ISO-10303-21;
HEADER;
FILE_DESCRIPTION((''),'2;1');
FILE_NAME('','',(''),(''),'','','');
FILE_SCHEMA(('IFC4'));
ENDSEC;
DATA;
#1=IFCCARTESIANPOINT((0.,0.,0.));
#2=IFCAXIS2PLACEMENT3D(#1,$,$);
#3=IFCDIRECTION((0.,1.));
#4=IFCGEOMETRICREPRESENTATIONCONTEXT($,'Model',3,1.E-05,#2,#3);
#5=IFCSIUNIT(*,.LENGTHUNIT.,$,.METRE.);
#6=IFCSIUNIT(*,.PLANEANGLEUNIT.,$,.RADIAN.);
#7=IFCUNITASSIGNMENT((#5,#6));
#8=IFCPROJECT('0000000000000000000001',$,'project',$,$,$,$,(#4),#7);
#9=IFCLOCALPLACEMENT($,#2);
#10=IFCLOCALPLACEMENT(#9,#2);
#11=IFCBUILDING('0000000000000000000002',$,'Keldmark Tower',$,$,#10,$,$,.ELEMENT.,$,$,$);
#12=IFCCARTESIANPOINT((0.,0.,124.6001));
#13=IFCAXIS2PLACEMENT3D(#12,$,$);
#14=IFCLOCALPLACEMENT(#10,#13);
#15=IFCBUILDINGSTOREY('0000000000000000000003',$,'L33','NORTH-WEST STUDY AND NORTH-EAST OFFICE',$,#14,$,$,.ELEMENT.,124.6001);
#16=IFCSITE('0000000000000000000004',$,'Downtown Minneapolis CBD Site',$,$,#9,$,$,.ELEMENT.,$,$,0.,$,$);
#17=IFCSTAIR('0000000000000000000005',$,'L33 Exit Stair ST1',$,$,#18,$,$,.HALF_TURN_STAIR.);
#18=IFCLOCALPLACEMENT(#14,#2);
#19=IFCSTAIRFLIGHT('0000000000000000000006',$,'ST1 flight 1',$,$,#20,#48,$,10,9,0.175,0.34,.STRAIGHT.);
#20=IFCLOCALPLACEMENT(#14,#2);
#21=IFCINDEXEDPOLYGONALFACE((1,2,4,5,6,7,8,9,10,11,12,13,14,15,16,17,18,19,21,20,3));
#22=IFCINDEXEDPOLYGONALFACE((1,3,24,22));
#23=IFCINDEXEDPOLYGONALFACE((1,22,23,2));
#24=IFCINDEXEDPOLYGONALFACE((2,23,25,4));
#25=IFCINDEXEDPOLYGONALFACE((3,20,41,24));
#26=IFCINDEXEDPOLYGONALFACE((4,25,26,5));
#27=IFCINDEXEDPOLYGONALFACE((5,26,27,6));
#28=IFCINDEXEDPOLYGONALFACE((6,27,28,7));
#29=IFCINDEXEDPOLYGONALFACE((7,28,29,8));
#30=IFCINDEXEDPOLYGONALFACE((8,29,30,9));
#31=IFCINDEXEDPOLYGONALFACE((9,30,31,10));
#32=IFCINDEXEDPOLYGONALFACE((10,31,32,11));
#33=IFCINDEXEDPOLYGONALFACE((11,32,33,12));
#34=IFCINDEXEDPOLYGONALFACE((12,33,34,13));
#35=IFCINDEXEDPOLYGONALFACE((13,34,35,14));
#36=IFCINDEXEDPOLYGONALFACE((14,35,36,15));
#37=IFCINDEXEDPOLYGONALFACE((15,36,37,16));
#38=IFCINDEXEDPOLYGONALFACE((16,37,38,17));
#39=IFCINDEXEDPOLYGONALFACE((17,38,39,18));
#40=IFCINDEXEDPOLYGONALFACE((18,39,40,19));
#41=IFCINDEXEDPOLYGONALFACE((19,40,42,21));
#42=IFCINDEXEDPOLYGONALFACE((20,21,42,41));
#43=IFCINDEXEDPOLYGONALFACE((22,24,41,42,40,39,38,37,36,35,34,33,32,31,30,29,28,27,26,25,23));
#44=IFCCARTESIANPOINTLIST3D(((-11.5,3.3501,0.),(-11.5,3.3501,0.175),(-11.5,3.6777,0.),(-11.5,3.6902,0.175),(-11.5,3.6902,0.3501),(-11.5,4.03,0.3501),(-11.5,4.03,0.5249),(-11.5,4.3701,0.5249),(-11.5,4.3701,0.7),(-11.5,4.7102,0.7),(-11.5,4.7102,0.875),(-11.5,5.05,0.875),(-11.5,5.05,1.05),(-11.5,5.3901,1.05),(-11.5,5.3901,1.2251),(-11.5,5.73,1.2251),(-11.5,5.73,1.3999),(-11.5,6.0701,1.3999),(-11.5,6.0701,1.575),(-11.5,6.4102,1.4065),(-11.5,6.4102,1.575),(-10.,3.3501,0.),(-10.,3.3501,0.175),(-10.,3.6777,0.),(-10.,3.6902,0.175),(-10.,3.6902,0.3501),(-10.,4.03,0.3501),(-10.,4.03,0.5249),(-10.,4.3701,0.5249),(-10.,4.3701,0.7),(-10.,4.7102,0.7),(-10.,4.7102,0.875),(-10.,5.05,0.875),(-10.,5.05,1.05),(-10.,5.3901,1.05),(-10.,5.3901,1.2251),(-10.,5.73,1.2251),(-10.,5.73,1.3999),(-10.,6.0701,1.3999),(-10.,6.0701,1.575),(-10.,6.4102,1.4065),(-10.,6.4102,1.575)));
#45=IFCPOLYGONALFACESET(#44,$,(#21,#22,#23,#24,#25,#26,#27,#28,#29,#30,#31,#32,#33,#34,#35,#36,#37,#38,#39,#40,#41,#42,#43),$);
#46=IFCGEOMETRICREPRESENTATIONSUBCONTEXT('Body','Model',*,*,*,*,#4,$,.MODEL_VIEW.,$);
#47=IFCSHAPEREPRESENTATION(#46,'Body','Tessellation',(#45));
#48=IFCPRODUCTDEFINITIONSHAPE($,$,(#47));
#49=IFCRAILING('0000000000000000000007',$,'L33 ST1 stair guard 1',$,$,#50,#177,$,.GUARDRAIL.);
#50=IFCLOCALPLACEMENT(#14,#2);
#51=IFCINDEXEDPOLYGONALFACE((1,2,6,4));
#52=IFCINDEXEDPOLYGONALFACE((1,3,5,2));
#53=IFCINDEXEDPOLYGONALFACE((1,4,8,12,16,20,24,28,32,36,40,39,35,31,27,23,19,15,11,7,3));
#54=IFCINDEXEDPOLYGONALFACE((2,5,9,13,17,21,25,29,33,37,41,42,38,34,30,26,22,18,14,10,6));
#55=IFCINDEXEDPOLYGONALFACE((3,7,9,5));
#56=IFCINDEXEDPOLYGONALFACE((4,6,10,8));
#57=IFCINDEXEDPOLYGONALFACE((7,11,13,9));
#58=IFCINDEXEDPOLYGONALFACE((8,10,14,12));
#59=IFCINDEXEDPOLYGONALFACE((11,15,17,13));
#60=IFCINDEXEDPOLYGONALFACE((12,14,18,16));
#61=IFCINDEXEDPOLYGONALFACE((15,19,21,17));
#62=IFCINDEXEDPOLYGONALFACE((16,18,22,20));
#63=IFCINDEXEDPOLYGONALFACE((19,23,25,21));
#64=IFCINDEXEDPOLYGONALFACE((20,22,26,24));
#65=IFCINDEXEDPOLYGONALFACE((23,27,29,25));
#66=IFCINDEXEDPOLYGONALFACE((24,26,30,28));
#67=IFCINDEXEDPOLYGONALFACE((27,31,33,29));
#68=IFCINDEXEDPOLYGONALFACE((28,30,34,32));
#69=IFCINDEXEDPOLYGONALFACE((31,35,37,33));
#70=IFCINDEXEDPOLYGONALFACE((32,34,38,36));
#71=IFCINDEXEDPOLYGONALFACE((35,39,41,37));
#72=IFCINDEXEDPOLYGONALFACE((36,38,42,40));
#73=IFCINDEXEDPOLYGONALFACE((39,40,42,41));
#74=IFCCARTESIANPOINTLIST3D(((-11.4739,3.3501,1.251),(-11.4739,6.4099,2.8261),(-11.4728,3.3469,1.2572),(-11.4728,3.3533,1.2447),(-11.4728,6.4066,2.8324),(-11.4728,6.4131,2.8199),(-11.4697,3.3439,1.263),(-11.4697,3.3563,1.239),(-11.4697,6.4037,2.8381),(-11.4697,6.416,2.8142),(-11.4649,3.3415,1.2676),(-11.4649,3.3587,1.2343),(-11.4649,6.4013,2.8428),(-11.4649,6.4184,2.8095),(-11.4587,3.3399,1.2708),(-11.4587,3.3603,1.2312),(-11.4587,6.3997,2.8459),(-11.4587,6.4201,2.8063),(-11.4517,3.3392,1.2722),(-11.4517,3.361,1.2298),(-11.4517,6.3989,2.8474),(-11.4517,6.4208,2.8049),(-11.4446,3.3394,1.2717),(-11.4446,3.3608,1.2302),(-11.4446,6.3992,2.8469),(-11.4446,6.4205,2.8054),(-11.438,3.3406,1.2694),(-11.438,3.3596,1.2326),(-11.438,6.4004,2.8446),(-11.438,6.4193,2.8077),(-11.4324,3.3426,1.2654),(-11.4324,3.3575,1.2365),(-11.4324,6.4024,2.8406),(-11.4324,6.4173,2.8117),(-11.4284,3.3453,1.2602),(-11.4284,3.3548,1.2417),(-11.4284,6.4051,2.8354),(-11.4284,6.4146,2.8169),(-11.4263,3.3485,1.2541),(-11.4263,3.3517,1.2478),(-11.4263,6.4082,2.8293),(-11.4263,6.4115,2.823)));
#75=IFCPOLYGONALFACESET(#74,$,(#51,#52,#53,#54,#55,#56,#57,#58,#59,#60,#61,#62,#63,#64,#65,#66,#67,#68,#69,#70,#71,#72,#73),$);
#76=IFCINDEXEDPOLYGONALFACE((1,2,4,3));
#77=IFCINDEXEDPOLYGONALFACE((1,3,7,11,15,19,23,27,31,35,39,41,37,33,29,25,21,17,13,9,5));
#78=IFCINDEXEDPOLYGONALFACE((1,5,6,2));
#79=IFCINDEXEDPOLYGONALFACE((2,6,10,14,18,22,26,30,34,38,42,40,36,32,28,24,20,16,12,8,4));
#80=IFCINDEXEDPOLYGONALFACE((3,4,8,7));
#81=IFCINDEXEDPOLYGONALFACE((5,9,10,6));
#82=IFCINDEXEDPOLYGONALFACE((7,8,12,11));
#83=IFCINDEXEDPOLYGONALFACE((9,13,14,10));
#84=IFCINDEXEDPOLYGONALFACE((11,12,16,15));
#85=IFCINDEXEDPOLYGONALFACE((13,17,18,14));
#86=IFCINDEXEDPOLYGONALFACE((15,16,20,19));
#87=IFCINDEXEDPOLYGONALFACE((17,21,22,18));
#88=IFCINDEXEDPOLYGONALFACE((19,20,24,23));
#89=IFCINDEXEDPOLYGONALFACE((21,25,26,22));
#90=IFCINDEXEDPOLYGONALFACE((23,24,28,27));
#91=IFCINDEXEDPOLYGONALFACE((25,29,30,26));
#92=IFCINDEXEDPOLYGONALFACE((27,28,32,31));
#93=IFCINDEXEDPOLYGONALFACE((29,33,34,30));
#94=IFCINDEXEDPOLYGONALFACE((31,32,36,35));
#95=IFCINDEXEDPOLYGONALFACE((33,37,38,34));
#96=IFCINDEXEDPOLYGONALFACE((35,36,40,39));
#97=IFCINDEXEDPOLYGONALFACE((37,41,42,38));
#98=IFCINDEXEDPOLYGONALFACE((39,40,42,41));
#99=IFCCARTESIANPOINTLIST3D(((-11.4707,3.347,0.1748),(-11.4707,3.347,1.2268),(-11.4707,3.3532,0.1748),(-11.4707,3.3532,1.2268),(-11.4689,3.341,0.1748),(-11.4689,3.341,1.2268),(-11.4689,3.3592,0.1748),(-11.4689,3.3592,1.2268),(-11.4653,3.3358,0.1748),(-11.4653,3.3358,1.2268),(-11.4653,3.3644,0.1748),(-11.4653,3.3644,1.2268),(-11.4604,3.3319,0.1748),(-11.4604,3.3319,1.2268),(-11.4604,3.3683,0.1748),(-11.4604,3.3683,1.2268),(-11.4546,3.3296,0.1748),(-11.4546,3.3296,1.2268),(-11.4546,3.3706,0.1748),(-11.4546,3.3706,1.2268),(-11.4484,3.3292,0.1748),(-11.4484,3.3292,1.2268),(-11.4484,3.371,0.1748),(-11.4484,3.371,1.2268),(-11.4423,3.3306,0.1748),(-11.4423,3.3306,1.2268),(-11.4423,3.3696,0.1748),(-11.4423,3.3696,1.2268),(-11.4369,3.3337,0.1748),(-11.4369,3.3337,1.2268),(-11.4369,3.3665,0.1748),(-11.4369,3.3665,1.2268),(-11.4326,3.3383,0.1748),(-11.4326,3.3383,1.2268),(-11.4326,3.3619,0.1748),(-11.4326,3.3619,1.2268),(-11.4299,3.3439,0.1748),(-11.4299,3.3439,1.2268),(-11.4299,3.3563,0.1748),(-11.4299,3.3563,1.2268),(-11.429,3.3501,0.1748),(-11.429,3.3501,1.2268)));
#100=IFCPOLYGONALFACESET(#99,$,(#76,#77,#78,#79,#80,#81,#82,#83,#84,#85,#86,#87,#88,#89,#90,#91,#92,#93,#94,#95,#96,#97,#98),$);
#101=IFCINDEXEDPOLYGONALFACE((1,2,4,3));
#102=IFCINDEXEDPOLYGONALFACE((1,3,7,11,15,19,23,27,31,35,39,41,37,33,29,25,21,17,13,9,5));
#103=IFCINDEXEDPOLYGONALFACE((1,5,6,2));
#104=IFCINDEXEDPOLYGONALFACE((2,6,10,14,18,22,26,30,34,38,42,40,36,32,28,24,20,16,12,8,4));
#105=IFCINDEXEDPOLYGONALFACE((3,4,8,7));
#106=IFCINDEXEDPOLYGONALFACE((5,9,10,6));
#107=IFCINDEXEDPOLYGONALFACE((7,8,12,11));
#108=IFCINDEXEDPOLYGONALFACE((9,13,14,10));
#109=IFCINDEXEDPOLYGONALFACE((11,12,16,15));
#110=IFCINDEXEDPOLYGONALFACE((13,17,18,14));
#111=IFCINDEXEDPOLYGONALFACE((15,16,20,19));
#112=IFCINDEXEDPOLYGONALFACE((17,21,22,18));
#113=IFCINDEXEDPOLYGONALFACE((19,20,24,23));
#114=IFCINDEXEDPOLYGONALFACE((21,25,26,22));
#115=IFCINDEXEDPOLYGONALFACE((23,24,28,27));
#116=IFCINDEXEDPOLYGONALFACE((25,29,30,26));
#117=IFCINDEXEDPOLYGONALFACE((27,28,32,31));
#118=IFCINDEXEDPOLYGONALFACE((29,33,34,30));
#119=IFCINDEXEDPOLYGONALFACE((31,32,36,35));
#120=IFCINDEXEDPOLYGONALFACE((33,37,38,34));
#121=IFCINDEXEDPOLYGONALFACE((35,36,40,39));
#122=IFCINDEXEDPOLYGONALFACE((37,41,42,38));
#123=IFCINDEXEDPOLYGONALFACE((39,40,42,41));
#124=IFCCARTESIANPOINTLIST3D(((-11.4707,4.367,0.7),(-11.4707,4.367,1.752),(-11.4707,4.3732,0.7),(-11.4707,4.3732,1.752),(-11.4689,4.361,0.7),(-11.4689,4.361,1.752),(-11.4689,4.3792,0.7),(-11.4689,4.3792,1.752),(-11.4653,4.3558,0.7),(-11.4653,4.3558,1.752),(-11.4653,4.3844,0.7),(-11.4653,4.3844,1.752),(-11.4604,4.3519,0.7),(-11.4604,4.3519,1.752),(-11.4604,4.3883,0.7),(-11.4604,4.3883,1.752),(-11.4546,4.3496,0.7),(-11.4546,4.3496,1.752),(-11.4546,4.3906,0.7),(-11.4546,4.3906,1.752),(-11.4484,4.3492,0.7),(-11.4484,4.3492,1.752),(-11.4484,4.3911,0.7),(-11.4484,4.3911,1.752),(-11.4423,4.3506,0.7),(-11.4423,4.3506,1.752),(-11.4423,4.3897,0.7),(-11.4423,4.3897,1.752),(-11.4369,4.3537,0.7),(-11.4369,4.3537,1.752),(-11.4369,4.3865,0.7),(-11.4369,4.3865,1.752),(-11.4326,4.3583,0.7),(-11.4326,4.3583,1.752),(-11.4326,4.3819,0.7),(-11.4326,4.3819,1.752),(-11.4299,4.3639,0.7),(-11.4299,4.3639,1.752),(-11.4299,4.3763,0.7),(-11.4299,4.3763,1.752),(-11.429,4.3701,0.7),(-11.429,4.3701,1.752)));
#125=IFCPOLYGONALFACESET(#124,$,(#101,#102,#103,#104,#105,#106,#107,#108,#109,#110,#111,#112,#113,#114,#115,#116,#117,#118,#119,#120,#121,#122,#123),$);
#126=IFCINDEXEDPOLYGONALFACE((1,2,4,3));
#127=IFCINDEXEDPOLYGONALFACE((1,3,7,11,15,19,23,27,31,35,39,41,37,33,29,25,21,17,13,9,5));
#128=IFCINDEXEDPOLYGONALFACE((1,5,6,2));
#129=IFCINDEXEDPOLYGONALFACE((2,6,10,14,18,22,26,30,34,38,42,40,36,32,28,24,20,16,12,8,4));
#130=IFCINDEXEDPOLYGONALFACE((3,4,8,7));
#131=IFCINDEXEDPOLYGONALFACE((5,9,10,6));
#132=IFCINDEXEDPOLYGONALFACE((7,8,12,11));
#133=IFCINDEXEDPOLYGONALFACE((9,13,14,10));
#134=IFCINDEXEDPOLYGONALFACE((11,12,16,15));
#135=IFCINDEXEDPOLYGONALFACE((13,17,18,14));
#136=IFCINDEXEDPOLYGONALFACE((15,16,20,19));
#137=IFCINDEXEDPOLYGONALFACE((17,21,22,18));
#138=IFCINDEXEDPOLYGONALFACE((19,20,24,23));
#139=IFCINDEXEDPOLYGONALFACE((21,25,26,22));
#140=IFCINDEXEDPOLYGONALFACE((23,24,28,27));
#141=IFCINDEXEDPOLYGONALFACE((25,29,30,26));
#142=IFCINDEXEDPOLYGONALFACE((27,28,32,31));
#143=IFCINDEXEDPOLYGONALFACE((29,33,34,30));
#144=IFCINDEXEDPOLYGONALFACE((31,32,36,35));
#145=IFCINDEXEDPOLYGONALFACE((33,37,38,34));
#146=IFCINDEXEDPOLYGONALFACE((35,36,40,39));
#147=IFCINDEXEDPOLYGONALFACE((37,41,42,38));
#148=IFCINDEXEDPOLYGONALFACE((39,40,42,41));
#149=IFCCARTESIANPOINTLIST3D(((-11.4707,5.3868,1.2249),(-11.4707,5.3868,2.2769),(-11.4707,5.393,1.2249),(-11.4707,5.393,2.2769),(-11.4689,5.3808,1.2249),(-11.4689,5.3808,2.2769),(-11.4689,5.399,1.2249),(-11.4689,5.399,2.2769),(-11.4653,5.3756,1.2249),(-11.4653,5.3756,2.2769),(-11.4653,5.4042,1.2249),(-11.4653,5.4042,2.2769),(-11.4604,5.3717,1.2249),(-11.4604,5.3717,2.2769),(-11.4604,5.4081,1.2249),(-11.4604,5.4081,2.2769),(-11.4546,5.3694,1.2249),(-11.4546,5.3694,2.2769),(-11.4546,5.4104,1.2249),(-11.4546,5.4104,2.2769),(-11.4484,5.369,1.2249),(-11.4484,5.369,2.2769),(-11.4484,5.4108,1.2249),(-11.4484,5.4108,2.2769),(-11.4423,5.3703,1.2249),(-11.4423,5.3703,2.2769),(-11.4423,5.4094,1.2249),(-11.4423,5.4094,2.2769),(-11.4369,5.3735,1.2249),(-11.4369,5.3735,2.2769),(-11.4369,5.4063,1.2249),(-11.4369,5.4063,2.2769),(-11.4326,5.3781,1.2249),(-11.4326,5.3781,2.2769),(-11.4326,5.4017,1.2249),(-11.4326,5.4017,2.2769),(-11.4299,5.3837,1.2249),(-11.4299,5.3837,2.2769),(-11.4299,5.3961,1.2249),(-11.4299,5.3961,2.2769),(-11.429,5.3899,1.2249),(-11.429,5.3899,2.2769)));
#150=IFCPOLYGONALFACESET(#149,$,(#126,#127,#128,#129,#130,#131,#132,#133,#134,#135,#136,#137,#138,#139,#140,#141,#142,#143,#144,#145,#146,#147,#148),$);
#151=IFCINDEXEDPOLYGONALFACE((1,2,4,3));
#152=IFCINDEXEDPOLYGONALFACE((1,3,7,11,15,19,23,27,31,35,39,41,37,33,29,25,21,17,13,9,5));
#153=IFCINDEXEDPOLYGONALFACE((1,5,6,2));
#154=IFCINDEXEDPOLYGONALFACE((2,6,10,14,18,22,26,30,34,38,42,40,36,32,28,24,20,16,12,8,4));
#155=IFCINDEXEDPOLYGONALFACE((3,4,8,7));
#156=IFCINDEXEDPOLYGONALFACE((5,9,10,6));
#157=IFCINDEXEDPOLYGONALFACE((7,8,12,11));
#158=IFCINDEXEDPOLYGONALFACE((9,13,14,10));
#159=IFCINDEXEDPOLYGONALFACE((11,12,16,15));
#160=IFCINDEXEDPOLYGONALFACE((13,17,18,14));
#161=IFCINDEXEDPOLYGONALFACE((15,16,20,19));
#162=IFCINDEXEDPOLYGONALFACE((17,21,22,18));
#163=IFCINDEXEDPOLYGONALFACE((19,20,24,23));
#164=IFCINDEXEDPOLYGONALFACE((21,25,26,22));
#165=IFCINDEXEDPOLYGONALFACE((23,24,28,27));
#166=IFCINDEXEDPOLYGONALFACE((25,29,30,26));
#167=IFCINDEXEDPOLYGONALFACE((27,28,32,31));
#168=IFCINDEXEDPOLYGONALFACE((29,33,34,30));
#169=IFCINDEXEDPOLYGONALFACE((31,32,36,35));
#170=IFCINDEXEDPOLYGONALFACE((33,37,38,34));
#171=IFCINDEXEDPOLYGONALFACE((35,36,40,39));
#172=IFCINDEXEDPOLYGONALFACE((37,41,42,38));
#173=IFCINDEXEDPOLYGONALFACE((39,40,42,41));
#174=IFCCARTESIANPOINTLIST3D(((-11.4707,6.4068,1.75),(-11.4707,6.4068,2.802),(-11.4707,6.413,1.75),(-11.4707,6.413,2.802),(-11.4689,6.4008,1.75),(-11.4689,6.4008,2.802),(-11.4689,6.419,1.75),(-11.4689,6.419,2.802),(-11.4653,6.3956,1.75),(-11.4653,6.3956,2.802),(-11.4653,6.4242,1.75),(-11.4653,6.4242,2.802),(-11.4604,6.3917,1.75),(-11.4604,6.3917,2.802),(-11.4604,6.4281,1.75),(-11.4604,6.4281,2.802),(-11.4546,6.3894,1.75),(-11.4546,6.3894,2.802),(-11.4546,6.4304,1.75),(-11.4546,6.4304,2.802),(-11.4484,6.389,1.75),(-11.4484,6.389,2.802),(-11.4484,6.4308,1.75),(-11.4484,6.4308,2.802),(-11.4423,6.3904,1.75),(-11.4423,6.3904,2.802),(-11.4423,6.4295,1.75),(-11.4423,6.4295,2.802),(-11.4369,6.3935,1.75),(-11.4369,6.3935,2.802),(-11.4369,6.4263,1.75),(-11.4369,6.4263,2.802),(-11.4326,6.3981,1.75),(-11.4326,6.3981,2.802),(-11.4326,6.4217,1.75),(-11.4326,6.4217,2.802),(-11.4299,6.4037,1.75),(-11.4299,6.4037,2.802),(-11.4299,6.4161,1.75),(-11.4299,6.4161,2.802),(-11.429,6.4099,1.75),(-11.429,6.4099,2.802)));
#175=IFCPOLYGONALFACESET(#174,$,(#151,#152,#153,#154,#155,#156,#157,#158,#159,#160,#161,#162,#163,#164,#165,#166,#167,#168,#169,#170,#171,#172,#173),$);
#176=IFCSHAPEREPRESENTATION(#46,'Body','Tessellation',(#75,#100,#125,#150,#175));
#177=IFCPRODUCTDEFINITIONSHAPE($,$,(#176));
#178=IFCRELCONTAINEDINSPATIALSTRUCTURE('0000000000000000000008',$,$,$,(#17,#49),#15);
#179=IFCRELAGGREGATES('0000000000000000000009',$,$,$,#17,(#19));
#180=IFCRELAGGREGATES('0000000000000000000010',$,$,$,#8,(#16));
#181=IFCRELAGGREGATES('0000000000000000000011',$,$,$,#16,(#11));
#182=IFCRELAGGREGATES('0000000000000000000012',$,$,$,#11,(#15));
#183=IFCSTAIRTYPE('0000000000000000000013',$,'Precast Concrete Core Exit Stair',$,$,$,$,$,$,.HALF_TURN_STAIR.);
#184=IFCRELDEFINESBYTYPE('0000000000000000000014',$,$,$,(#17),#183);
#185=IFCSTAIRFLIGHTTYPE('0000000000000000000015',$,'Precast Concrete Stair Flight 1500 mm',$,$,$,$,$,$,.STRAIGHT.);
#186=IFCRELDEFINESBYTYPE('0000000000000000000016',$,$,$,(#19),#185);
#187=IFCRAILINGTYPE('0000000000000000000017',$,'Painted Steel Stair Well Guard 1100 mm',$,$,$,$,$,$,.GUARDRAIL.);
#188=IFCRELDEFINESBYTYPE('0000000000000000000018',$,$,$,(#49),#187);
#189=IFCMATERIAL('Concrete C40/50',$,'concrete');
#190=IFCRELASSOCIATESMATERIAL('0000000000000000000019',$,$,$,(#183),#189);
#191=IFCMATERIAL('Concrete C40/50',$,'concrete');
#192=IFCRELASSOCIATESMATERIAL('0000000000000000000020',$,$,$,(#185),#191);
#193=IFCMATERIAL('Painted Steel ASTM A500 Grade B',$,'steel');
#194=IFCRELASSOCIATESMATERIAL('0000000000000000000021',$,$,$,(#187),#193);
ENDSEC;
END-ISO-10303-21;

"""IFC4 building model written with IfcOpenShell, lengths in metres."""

from ifc_helpers import new_model, si_unit, direction, frame, origin, origin_2d, place, context, subcontext, project, spatial, polyline, circle, outline, extrude, material, type_object, element, aggregate, save


model = new_model("IFC4")

# Units and contexts
model_context = context("Model", 3, precision=1e-05, world=origin(), true_north=direction((0.0, 1.0)))
body_context = subcontext(model_context, "Body", "Model", "MODEL_VIEW")
ifc_project = project(units=[si_unit("LENGTHUNIT", "METRE"), si_unit("PLANEANGLEUNIT", "RADIAN")], contexts=[model_context])

# Site, building, storey
site_placement = place(None, origin())
site = spatial("IfcSite", under=ifc_project, at=site_placement, Name="Downtown Minneapolis CBD Site", CompositionType="ELEMENT", RefElevation=0.0)
building_placement = place(site_placement, origin())
building = spatial("IfcBuilding", under=site, at=building_placement, Name="Keldmark Tower", CompositionType="ELEMENT")
storey_placement = place(building_placement, frame((0.0, 0.0, 124.6001)))
storey = spatial("IfcBuildingStorey", under=building, at=storey_placement, Name="L33", Description="NORTH-WEST STUDY AND NORTH-EAST OFFICE", CompositionType="ELEMENT", Elevation=124.6001)

# Stair, stair flight
ifc_material_1 = material(Name="Concrete C40/50", Category="concrete")
stair_type = type_object("IfcStairType", Name="Precast Concrete Core Exit Stair", PredefinedType="HALF_TURN_STAIR", material=ifc_material_1)
stair_placement = place(storey_placement, origin())
stair = element("IfcStair", 1, at=stair_placement, inside=storey, type_object=stair_type, Name="L33 Exit Stair ST1", PredefinedType="HALF_TURN_STAIR")
ifc_material_2 = material(Name="Concrete C40/50", Category="concrete")
stair_flight_type = type_object("IfcStairFlightType", Name="Precast Concrete Stair Flight 1500 mm", PredefinedType="STRAIGHT", material=ifc_material_2)
stair_flight_placement = place(storey_placement, frame((-10.75, 3.3501, 0.0), z_axis=(0.0, 0.0, 1.0), x_axis=(0.0, 1.0, 0.0)))
stair_flight = element("IfcStairFlight", 2, at=stair_flight_placement, type_object=stair_flight_type, Name="ST1 flight 1", NumberOfRisers=10, NumberOfTreads=9, PredefinedType="STRAIGHT", RiserHeight=0.175, TreadLength=0.34, context=body_context, shape_type="SweptSolid", body=[
    extrude(outline(polyline([(0.0, 0.0), (0.0, 0.175), (0.3401, 0.175), (0.3401, 0.3501), (0.6799, 0.3501), (0.6799, 0.5249), (1.02, 0.5249), (1.02, 0.7), (1.3601, 0.7), (1.3601, 0.875), (1.7, 0.875), (1.7, 1.05), (2.04, 1.05), (2.04, 1.2251), (2.3799, 1.2251), (2.3799, 1.3999), (2.72, 1.3999), (2.72, 1.575), (3.0601, 1.575), (3.0601, 1.75), (3.0601, 1.4065), (0.3276, 0.0), (0.0, 0.0)])), frame((0.0, 0.75, 0.0), z_axis=(0.0, -1.0, 0.0), x_axis=(1.0, 0.0, 0.0)), (0.0, 0.0, 1.0), 1.5),
])
aggregate(stair, [stair_flight])

# Railing
ifc_material_3 = material(Name="Painted Steel ASTM A500 Grade B", Category="steel")
railing_type_1 = type_object("IfcRailingType", Name="Painted Steel Stair Well Guard 1100 mm", PredefinedType="GUARDRAIL", material=ifc_material_3)
railing_1_placement = place(storey_placement, frame((-11.45, 3.3501, 0.1748)))
element("IfcRailing", 3, at=railing_1_placement, inside=storey, type_object=railing_type_1, Name="L33 ST1 stair guard 1", PredefinedType="GUARDRAIL", context=body_context, shape_type="SweptSolid", body=[
    extrude(circle(Radius=0.0239, at=origin_2d()), frame((0.0, 0.0, 1.0762), z_axis=(0.0, 0.889101, 0.45771), x_axis=(-1.0, 0.0, 0.0)), (0.0, 0.0, 1.0), 3.4414),
    extrude(circle(Radius=0.021, at=origin_2d()), origin(), (0.0, 0.0, 1.0), 1.052),
    extrude(circle(Radius=0.021, at=origin_2d()), frame((0.0, 1.02, 0.5251)), (0.0, 0.0, 1.0), 1.052),
    extrude(circle(Radius=0.021, at=origin_2d()), frame((0.0, 2.0398, 1.05)), (0.0, 0.0, 1.0), 1.052),
    extrude(circle(Radius=0.021, at=origin_2d()), frame((0.0, 3.0598, 1.5752)), (0.0, 0.0, 1.0), 1.052),
])

save(model, "model.ifc")
